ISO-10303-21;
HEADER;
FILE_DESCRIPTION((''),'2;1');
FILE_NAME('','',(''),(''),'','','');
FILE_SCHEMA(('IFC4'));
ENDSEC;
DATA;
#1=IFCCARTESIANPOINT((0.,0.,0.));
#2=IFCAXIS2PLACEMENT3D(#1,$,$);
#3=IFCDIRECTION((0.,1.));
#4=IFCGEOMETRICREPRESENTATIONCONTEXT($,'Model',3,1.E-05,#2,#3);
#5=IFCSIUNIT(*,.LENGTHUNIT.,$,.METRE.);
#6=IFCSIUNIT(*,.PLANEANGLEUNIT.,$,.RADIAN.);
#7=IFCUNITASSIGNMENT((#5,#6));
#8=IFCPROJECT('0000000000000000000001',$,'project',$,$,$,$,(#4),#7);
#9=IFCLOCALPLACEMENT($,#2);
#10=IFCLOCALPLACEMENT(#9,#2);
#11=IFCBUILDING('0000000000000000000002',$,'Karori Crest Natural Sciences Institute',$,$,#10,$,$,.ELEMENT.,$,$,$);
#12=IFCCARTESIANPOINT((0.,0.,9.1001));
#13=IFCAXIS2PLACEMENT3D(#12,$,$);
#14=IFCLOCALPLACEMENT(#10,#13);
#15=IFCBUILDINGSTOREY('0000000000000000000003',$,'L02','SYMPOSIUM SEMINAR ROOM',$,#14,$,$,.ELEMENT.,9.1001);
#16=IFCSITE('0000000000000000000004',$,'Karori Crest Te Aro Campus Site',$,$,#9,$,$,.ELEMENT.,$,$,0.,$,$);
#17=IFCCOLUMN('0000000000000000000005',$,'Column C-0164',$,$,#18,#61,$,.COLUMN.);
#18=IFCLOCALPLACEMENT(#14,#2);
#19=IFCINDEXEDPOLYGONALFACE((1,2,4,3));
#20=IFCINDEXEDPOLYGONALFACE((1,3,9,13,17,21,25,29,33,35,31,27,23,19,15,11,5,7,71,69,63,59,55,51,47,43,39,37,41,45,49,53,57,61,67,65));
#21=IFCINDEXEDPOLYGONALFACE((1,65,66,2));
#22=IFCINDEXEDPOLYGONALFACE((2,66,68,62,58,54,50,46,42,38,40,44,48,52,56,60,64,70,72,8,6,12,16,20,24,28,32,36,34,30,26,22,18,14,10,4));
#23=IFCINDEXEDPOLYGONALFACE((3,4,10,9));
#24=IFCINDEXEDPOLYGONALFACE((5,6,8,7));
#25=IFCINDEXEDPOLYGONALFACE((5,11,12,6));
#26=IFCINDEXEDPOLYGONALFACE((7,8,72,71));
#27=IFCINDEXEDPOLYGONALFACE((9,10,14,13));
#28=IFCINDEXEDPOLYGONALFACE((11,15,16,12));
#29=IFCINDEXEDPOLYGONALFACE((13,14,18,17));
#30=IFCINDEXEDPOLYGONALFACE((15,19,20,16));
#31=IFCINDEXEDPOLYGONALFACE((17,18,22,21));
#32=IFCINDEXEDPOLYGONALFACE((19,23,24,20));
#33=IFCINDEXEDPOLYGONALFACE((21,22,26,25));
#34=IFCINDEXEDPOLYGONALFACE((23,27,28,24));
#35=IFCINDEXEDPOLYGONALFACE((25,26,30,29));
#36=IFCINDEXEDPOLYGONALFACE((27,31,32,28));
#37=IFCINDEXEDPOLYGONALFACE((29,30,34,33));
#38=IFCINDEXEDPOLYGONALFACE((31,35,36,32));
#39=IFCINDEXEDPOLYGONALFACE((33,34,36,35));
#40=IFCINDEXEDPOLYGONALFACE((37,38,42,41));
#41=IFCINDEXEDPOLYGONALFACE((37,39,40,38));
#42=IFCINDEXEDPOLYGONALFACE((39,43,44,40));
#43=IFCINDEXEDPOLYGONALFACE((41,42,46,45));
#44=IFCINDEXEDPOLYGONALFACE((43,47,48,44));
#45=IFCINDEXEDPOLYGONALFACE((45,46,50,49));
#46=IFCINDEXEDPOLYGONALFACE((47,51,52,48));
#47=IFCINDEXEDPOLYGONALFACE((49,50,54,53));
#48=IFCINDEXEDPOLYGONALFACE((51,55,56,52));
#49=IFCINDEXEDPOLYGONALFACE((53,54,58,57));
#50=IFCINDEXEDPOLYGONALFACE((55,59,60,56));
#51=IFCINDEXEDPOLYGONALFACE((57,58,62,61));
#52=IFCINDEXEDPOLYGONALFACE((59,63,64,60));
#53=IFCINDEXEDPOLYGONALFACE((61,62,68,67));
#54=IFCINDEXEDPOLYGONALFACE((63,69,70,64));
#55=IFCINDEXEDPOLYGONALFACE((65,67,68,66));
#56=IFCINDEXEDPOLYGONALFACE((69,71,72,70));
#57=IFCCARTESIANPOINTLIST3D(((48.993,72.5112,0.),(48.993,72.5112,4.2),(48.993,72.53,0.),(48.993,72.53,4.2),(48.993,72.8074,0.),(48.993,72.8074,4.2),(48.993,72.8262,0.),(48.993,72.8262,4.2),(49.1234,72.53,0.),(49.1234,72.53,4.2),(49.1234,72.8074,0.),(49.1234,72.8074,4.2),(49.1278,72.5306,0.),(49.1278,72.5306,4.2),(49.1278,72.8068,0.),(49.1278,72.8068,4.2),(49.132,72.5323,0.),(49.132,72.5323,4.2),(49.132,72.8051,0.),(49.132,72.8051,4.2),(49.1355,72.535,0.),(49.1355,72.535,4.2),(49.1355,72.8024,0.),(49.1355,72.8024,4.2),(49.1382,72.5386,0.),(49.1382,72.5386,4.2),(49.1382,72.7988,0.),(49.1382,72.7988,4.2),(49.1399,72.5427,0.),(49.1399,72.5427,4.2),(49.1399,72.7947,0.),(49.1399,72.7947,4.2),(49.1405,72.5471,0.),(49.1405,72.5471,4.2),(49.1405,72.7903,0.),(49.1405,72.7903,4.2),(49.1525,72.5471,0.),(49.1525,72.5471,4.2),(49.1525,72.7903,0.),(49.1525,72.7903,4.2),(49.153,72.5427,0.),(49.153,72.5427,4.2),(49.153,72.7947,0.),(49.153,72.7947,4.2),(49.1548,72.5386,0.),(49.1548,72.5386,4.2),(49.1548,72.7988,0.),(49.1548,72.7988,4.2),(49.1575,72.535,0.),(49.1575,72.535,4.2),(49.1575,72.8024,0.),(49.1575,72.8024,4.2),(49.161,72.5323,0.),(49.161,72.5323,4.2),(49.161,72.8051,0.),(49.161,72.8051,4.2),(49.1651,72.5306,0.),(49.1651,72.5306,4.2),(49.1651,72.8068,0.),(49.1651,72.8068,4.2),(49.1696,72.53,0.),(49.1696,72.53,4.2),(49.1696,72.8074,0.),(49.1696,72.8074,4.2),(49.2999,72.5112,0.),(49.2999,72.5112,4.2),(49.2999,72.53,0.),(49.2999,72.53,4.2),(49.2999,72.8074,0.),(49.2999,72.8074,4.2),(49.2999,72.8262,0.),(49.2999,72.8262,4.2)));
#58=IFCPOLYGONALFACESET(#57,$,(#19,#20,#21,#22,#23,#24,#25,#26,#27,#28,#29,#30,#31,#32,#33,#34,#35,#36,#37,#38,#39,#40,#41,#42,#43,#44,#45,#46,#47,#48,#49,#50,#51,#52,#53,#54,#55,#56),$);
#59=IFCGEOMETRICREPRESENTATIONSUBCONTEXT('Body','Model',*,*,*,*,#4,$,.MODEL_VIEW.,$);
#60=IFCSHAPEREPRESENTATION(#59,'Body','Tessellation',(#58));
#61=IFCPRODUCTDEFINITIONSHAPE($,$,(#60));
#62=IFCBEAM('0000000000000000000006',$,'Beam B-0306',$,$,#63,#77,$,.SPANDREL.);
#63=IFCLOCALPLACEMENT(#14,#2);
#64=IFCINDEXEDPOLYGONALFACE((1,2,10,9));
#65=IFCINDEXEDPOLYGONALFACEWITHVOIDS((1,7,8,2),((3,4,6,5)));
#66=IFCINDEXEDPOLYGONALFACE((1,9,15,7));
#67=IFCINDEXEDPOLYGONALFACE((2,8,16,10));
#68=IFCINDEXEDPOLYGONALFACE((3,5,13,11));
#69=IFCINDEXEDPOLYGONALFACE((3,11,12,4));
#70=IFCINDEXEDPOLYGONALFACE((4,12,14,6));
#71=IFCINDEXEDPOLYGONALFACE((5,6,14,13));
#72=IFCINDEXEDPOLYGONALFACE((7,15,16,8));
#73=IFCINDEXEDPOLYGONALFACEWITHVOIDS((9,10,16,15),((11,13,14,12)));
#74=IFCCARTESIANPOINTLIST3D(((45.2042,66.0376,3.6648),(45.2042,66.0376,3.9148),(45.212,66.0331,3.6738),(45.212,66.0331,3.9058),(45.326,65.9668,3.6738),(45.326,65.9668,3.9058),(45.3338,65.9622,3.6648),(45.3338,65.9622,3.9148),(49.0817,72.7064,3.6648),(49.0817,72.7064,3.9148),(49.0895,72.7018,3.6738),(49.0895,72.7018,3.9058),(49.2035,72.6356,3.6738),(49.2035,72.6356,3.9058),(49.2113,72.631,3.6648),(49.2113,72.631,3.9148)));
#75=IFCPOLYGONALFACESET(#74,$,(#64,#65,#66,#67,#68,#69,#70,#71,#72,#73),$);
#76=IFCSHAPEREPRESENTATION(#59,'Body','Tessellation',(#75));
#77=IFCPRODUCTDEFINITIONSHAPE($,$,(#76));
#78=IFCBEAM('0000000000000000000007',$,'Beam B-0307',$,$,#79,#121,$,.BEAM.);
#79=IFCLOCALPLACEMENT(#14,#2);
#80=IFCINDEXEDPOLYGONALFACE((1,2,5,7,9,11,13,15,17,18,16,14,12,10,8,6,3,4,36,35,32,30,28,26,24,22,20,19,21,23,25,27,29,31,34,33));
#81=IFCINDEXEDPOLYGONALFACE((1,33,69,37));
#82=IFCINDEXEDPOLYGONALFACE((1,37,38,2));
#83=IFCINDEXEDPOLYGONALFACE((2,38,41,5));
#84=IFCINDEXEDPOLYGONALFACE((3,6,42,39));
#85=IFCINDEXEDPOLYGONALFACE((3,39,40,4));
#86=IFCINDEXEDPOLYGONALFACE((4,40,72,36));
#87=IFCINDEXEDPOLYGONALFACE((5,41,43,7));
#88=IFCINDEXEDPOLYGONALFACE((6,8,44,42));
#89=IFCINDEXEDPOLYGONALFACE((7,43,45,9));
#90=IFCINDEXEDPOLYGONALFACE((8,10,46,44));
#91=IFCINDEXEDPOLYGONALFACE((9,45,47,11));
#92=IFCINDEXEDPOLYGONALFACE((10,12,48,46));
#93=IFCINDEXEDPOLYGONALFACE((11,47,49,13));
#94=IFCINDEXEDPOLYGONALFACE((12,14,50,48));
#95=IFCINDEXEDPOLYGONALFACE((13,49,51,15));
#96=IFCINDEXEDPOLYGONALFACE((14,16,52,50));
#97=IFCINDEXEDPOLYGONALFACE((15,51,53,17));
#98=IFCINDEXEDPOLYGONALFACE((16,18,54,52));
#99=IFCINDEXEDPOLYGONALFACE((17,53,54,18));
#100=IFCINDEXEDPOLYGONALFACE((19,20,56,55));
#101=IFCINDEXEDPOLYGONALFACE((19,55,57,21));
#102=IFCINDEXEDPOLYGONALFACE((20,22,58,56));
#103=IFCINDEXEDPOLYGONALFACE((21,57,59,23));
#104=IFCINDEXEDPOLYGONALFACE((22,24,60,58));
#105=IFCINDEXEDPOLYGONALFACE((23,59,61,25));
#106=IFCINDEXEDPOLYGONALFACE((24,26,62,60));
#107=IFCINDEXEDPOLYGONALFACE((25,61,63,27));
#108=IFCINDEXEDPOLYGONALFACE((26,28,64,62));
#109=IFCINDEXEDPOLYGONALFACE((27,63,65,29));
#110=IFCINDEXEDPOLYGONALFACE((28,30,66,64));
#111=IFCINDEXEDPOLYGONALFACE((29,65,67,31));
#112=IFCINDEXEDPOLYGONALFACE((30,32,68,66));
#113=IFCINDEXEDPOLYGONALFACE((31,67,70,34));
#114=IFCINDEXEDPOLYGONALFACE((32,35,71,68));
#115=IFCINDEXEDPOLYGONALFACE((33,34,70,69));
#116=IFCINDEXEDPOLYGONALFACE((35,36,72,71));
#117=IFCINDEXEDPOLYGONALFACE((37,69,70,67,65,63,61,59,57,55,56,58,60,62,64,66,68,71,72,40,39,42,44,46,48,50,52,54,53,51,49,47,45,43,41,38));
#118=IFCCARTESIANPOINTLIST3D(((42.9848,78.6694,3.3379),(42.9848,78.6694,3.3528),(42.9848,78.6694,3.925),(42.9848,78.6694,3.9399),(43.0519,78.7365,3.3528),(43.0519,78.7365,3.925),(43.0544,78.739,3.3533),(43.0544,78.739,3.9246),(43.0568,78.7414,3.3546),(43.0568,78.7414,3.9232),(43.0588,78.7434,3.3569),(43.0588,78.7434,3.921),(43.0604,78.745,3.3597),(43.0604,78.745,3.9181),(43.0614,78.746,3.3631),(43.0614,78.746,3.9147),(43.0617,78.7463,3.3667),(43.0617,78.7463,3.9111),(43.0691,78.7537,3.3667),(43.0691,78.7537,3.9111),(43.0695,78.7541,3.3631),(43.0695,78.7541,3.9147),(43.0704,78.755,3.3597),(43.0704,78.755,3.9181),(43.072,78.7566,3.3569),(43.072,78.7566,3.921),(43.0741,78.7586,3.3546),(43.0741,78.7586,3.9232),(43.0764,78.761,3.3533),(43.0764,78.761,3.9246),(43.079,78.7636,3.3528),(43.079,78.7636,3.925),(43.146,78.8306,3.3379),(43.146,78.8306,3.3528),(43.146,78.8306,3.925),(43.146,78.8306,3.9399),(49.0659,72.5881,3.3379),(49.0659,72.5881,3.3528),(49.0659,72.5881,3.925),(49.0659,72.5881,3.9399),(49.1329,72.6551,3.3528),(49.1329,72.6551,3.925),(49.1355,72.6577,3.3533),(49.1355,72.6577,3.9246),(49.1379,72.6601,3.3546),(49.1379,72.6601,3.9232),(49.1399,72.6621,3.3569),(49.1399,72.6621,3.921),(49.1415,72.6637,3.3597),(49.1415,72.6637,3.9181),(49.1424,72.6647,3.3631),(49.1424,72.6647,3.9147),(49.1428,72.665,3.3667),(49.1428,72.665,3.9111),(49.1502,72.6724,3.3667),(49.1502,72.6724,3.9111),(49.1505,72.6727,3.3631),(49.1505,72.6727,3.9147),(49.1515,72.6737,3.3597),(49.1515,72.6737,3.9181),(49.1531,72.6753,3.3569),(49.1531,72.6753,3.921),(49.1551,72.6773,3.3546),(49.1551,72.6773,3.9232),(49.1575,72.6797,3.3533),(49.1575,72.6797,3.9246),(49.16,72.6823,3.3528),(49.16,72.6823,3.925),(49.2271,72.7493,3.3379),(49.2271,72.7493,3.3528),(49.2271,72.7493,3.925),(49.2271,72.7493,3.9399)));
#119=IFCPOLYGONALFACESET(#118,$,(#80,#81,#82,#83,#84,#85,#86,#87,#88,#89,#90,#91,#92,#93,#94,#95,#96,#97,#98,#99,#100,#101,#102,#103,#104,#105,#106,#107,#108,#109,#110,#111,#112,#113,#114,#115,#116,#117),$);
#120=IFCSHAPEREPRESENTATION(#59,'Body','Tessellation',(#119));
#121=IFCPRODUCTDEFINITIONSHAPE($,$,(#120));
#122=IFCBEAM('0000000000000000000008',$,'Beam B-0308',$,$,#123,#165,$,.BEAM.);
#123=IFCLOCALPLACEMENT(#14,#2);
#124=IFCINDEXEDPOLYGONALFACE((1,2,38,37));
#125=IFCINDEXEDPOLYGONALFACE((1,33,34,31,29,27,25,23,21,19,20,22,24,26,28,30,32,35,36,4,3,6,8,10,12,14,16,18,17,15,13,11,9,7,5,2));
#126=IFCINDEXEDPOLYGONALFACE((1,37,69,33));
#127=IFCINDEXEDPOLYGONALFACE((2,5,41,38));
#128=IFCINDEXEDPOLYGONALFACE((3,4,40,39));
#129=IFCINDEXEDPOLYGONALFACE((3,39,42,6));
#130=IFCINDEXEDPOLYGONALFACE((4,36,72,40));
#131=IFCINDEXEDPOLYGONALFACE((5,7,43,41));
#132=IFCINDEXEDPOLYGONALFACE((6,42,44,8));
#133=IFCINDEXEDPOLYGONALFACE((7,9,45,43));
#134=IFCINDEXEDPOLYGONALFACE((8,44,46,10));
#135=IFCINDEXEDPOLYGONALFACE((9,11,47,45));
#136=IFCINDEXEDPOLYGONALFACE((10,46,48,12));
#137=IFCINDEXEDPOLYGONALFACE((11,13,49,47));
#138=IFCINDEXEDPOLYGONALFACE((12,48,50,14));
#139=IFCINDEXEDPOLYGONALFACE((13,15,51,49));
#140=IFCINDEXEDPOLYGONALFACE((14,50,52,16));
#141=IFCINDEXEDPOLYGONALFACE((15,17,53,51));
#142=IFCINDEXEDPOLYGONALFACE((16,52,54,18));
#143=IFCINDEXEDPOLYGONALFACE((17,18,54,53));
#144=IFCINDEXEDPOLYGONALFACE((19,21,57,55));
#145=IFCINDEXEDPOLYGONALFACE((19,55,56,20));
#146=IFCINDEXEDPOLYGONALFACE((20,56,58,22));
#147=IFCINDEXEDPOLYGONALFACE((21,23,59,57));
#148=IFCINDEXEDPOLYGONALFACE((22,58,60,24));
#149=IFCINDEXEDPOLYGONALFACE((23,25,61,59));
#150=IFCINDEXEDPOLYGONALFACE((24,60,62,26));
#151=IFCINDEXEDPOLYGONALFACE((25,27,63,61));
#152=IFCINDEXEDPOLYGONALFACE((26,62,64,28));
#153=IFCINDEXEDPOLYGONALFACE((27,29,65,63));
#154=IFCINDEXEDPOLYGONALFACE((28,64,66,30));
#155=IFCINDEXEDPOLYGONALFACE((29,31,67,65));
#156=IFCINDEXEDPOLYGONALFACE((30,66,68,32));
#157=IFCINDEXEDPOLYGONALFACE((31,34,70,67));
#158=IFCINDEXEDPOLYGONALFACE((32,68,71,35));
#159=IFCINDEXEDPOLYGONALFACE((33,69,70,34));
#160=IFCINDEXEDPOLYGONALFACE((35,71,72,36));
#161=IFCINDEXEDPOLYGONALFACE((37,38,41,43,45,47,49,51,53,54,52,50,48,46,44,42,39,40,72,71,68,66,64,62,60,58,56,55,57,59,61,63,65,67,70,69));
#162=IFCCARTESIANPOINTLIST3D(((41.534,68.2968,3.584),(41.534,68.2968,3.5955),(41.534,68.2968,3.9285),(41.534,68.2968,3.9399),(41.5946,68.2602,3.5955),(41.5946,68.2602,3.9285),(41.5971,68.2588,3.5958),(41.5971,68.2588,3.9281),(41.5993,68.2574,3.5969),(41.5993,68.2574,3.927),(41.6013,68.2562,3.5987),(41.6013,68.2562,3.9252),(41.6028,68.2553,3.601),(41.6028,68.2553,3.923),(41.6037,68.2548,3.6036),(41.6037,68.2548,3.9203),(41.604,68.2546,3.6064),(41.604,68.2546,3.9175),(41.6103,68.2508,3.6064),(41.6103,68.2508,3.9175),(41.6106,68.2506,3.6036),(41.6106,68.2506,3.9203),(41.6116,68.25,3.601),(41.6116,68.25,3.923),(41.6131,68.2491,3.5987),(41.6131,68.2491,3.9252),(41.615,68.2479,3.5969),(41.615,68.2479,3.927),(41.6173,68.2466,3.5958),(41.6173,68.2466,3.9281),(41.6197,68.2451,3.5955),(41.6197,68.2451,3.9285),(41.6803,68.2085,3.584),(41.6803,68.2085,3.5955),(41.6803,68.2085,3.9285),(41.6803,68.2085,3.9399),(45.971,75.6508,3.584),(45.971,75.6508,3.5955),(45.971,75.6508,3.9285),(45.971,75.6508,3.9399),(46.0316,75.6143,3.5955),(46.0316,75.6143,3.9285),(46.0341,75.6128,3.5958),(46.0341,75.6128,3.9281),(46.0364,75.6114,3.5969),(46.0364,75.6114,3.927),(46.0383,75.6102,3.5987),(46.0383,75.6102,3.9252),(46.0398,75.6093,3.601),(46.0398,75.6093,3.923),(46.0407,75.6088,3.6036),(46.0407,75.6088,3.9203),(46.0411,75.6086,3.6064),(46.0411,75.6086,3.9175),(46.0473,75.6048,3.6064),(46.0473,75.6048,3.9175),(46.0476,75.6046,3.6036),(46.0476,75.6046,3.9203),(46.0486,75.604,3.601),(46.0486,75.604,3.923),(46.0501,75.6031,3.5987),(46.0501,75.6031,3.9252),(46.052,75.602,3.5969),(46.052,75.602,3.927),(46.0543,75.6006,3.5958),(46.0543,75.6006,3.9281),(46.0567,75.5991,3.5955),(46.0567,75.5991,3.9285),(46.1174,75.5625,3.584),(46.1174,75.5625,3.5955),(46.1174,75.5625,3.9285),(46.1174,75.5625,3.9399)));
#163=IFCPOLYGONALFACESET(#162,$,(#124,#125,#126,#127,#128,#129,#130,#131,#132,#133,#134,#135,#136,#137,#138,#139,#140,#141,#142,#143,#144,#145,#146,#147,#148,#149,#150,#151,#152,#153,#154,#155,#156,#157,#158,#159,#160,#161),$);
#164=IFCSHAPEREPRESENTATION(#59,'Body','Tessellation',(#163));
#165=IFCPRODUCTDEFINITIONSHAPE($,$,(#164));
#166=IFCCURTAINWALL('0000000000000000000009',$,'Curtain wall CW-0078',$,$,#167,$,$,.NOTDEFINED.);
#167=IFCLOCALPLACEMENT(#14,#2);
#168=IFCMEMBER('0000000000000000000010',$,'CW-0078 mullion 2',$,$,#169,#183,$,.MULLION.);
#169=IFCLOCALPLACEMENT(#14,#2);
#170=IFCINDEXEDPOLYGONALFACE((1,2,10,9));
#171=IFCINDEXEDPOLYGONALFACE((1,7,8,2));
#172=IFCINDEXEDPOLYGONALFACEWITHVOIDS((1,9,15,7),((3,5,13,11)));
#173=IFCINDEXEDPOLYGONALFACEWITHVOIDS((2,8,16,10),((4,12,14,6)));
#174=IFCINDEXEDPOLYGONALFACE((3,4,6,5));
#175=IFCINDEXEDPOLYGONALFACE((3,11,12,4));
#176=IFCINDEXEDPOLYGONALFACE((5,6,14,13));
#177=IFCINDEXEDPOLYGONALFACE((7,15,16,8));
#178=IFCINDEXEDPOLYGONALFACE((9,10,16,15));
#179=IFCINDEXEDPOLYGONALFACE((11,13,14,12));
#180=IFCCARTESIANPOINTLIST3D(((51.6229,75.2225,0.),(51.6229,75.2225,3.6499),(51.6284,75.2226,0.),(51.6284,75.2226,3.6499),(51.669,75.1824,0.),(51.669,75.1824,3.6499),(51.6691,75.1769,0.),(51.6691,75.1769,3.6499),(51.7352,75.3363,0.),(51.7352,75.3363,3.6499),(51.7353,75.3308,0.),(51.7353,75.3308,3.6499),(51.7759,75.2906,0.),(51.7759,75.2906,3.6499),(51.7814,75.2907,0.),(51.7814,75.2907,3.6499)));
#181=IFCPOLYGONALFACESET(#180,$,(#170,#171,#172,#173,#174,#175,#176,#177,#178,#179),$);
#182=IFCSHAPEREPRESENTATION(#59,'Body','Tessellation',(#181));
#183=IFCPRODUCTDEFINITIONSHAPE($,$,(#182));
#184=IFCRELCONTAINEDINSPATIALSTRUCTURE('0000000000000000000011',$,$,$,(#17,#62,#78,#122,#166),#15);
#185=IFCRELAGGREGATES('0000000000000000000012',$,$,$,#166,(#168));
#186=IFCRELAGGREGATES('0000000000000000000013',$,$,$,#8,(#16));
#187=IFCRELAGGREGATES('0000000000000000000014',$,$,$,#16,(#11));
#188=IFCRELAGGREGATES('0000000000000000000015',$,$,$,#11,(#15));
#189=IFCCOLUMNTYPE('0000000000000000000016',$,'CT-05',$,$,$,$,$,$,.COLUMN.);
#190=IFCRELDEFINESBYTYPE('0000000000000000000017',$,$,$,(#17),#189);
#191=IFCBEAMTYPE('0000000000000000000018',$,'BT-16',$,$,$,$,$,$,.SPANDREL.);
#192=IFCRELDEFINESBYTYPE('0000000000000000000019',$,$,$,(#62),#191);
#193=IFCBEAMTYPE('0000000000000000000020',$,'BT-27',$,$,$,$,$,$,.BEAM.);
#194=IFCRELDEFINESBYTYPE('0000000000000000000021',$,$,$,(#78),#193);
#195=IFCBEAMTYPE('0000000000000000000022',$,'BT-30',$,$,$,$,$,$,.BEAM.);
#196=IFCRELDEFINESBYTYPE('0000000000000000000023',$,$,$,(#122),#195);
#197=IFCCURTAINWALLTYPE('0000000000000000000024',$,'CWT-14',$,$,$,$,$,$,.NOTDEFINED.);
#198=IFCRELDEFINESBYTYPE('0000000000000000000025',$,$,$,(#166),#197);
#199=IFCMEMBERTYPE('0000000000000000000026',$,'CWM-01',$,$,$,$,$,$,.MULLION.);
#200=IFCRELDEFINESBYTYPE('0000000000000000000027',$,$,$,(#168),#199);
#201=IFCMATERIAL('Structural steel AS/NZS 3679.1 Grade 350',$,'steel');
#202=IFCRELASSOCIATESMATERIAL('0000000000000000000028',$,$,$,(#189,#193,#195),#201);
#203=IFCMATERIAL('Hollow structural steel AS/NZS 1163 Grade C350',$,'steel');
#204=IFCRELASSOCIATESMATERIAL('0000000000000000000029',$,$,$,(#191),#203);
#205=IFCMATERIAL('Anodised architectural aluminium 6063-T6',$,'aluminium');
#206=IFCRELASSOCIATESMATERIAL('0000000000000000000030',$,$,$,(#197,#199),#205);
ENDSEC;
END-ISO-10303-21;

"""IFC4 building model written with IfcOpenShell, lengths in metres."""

from ifc_helpers import new_model, si_unit, direction, frame, origin, origin_2d, place, context, subcontext, project, spatial, hollow_rectangle, i_section, extrude, material, material_profile, profile_set, type_object, element, aggregate, save


model = new_model("IFC4")

# Units and contexts
model_context = context("Model", 3, precision=1e-05, world=origin(), true_north=direction((0.0, 1.0)))
body_context = subcontext(model_context, "Body", "Model", "MODEL_VIEW")
ifc_project = project(units=[si_unit("LENGTHUNIT", "METRE"), si_unit("PLANEANGLEUNIT", "RADIAN")], contexts=[model_context])

# Site, building, storey
site_placement = place(None, origin())
site = spatial("IfcSite", under=ifc_project, at=site_placement, Name="Karori Crest Te Aro Campus Site", CompositionType="ELEMENT", RefElevation=0.0)
building_placement = place(site_placement, origin())
building = spatial("IfcBuilding", under=site, at=building_placement, Name="Karori Crest Natural Sciences Institute", CompositionType="ELEMENT")
storey_placement = place(building_placement, frame((0.0, 0.0, 9.1001)))
storey = spatial("IfcBuildingStorey", under=building, at=storey_placement, Name="L02", Description="SYMPOSIUM SEMINAR ROOM", CompositionType="ELEMENT", Elevation=9.1001)

# Column
ifc_material_1 = material(Name="Structural steel AS/NZS 3679.1 Grade 350", Category="steel")
ifc_material_profile_1 = material_profile(ifc_material_1, i_section(OverallWidth=0.3069, OverallDepth=0.3149, WebThickness=0.012, FlangeThickness=0.0188, FilletRadius=0.0171, at=origin_2d()), Name="310UC118")
ifc_profile_set_1 = profile_set([ifc_material_profile_1], Name="Structural steel AS/NZS 3679.1 Grade 350")
column_type = type_object("IfcColumnType", Name="CT-05", PredefinedType="COLUMN", material=ifc_profile_set_1)
column_placement = place(storey_placement, frame((49.1465, 72.6687, 0.0), z_axis=(0.0, 0.0, 1.0), x_axis=(1.0, 0.0, 0.0)))
element("IfcColumn", 1, at=column_placement, inside=storey, type_object=column_type, Name="Column C-0164", PredefinedType="COLUMN", context=body_context, shape_type="SweptSolid", body=[
    extrude(i_section(OverallWidth=0.3069, OverallDepth=0.3149, WebThickness=0.012, FlangeThickness=0.0188, FilletRadius=0.0171, at=origin_2d()), origin(), (0.0, 0.0, 1.0), 4.2),
])

# Beams
ifc_material_2 = material(Name="Hollow structural steel AS/NZS 1163 Grade C350", Category="steel")
ifc_material_profile_2 = material_profile(ifc_material_2, hollow_rectangle(XDim=0.1499, YDim=0.25, WallThickness=0.009, at=origin_2d()), Name="RHS250x150x9")
ifc_profile_set_2 = profile_set([ifc_material_profile_2], Name="Hollow structural steel AS/NZS 1163 Grade C350")
beam_type_1 = type_object("IfcBeamType", Name="BT-16", PredefinedType="SPANDREL", material=ifc_profile_set_2)
beam_1_placement = place(storey_placement, frame((49.1465, 72.6687, 3.7898), z_axis=(-0.502649, -0.864491, 0.0), x_axis=(0.864491, -0.502649, 0.0)))
element("IfcBeam", 2, at=beam_1_placement, inside=storey, type_object=beam_type_1, Name="Beam B-0306", PredefinedType="SPANDREL", context=body_context, shape_type="SweptSolid", body=[
    extrude(hollow_rectangle(XDim=0.1499, YDim=0.25, WallThickness=0.009, at=origin_2d()), origin(), (0.0, 0.0, 1.0), 7.7141),
])
ifc_material_profile_3 = material_profile(ifc_material_1, i_section(OverallWidth=0.228, OverallDepth=0.6021, WebThickness=0.0105, FlangeThickness=0.0149, FilletRadius=0.0139, at=origin_2d()), Name="610UB101")
ifc_profile_set_3 = profile_set([ifc_material_profile_3], Name="Structural steel AS/NZS 3679.1 Grade 350")
beam_type_2 = type_object("IfcBeamType", Name="BT-27", PredefinedType="BEAM", material=ifc_profile_set_3)
beam_2_placement = place(storey_placement, frame((49.1465, 72.6687, 3.6389), z_axis=(-0.707093, 0.707121, 0.0), x_axis=(-0.707121, -0.707093, 0.0)))
element("IfcBeam", 3, at=beam_2_placement, inside=storey, type_object=beam_type_2, Name="Beam B-0307", PredefinedType="BEAM", context=body_context, shape_type="SweptSolid", body=[
    extrude(i_section(OverallWidth=0.228, OverallDepth=0.6021, WebThickness=0.0105, FlangeThickness=0.0149, FilletRadius=0.0139, at=origin_2d()), origin(), (0.0, 0.0, 1.0), 8.6001),
])
ifc_material_profile_4 = material_profile(ifc_material_1, i_section(OverallWidth=0.1709, OverallDepth=0.356, WebThickness=0.0073, FlangeThickness=0.0115, FilletRadius=0.011, at=origin_2d()), Name="360UB50.7")
ifc_profile_set_4 = profile_set([ifc_material_profile_4], Name="Structural steel AS/NZS 3679.1 Grade 350")
beam_type_3 = type_object("IfcBeamType", Name="BT-30", PredefinedType="BEAM", material=ifc_profile_set_4)
beam_3_placement = place(storey_placement, frame((46.0442, 75.6067, 3.762), z_axis=(-0.516601, -0.856226, 0.0), x_axis=(0.856226, -0.516601, 0.0)))
element("IfcBeam", 4, at=beam_3_placement, inside=storey, type_object=beam_type_3, Name="Beam B-0308", PredefinedType="BEAM", context=body_context, shape_type="SweptSolid", body=[
    extrude(i_section(OverallWidth=0.1709, OverallDepth=0.356, WebThickness=0.0073, FlangeThickness=0.0115, FilletRadius=0.011, at=origin_2d()), origin(), (0.0, 0.0, 1.0), 8.5889),
])

# Curtain wall, member
ifc_material_3 = material(Name="Anodised architectural aluminium 6063-T6", Category="aluminium")
curtain_wall_type_1 = type_object("IfcCurtainWallType", Name="CWT-14", PredefinedType="NOTDEFINED", material=ifc_material_3)
curtain_wall_1_placement = place(storey_placement, origin())
curtain_wall_1 = element("IfcCurtainWall", 5, at=curtain_wall_1_placement, inside=storey, type_object=curtain_wall_type_1, Name="Curtain wall CW-0078", PredefinedType="NOTDEFINED")
ifc_material_profile_5 = material_profile(ifc_material_3, hollow_rectangle(XDim=0.0649, YDim=0.1599, WallThickness=0.0039, at=origin_2d()), Name="CWM160x65x4")
ifc_profile_set_5 = profile_set([ifc_material_profile_5], Name="Anodised architectural aluminium 6063-T6")
member_type_1 = type_object("IfcMemberType", Name="CWM-01", PredefinedType="MULLION", material=ifc_profile_set_5)
member_1_placement = place(storey_placement, frame((51.7021, 75.2566, 0.0), z_axis=(0.0, 0.0, 1.0), x_axis=(0.711529, -0.702656, 0.0)))
member_1 = element("IfcMember", 6, at=member_1_placement, type_object=member_type_1, Name="CW-0078 mullion 2", PredefinedType="MULLION", context=body_context, shape_type="SweptSolid", body=[
    extrude(hollow_rectangle(XDim=0.0649, YDim=0.1599, WallThickness=0.0039, at=origin_2d()), origin(), (0.0, 0.0, 1.0), 3.6499),
])

aggregate(curtain_wall_1, [member_1])

save(model, "model.ifc")
